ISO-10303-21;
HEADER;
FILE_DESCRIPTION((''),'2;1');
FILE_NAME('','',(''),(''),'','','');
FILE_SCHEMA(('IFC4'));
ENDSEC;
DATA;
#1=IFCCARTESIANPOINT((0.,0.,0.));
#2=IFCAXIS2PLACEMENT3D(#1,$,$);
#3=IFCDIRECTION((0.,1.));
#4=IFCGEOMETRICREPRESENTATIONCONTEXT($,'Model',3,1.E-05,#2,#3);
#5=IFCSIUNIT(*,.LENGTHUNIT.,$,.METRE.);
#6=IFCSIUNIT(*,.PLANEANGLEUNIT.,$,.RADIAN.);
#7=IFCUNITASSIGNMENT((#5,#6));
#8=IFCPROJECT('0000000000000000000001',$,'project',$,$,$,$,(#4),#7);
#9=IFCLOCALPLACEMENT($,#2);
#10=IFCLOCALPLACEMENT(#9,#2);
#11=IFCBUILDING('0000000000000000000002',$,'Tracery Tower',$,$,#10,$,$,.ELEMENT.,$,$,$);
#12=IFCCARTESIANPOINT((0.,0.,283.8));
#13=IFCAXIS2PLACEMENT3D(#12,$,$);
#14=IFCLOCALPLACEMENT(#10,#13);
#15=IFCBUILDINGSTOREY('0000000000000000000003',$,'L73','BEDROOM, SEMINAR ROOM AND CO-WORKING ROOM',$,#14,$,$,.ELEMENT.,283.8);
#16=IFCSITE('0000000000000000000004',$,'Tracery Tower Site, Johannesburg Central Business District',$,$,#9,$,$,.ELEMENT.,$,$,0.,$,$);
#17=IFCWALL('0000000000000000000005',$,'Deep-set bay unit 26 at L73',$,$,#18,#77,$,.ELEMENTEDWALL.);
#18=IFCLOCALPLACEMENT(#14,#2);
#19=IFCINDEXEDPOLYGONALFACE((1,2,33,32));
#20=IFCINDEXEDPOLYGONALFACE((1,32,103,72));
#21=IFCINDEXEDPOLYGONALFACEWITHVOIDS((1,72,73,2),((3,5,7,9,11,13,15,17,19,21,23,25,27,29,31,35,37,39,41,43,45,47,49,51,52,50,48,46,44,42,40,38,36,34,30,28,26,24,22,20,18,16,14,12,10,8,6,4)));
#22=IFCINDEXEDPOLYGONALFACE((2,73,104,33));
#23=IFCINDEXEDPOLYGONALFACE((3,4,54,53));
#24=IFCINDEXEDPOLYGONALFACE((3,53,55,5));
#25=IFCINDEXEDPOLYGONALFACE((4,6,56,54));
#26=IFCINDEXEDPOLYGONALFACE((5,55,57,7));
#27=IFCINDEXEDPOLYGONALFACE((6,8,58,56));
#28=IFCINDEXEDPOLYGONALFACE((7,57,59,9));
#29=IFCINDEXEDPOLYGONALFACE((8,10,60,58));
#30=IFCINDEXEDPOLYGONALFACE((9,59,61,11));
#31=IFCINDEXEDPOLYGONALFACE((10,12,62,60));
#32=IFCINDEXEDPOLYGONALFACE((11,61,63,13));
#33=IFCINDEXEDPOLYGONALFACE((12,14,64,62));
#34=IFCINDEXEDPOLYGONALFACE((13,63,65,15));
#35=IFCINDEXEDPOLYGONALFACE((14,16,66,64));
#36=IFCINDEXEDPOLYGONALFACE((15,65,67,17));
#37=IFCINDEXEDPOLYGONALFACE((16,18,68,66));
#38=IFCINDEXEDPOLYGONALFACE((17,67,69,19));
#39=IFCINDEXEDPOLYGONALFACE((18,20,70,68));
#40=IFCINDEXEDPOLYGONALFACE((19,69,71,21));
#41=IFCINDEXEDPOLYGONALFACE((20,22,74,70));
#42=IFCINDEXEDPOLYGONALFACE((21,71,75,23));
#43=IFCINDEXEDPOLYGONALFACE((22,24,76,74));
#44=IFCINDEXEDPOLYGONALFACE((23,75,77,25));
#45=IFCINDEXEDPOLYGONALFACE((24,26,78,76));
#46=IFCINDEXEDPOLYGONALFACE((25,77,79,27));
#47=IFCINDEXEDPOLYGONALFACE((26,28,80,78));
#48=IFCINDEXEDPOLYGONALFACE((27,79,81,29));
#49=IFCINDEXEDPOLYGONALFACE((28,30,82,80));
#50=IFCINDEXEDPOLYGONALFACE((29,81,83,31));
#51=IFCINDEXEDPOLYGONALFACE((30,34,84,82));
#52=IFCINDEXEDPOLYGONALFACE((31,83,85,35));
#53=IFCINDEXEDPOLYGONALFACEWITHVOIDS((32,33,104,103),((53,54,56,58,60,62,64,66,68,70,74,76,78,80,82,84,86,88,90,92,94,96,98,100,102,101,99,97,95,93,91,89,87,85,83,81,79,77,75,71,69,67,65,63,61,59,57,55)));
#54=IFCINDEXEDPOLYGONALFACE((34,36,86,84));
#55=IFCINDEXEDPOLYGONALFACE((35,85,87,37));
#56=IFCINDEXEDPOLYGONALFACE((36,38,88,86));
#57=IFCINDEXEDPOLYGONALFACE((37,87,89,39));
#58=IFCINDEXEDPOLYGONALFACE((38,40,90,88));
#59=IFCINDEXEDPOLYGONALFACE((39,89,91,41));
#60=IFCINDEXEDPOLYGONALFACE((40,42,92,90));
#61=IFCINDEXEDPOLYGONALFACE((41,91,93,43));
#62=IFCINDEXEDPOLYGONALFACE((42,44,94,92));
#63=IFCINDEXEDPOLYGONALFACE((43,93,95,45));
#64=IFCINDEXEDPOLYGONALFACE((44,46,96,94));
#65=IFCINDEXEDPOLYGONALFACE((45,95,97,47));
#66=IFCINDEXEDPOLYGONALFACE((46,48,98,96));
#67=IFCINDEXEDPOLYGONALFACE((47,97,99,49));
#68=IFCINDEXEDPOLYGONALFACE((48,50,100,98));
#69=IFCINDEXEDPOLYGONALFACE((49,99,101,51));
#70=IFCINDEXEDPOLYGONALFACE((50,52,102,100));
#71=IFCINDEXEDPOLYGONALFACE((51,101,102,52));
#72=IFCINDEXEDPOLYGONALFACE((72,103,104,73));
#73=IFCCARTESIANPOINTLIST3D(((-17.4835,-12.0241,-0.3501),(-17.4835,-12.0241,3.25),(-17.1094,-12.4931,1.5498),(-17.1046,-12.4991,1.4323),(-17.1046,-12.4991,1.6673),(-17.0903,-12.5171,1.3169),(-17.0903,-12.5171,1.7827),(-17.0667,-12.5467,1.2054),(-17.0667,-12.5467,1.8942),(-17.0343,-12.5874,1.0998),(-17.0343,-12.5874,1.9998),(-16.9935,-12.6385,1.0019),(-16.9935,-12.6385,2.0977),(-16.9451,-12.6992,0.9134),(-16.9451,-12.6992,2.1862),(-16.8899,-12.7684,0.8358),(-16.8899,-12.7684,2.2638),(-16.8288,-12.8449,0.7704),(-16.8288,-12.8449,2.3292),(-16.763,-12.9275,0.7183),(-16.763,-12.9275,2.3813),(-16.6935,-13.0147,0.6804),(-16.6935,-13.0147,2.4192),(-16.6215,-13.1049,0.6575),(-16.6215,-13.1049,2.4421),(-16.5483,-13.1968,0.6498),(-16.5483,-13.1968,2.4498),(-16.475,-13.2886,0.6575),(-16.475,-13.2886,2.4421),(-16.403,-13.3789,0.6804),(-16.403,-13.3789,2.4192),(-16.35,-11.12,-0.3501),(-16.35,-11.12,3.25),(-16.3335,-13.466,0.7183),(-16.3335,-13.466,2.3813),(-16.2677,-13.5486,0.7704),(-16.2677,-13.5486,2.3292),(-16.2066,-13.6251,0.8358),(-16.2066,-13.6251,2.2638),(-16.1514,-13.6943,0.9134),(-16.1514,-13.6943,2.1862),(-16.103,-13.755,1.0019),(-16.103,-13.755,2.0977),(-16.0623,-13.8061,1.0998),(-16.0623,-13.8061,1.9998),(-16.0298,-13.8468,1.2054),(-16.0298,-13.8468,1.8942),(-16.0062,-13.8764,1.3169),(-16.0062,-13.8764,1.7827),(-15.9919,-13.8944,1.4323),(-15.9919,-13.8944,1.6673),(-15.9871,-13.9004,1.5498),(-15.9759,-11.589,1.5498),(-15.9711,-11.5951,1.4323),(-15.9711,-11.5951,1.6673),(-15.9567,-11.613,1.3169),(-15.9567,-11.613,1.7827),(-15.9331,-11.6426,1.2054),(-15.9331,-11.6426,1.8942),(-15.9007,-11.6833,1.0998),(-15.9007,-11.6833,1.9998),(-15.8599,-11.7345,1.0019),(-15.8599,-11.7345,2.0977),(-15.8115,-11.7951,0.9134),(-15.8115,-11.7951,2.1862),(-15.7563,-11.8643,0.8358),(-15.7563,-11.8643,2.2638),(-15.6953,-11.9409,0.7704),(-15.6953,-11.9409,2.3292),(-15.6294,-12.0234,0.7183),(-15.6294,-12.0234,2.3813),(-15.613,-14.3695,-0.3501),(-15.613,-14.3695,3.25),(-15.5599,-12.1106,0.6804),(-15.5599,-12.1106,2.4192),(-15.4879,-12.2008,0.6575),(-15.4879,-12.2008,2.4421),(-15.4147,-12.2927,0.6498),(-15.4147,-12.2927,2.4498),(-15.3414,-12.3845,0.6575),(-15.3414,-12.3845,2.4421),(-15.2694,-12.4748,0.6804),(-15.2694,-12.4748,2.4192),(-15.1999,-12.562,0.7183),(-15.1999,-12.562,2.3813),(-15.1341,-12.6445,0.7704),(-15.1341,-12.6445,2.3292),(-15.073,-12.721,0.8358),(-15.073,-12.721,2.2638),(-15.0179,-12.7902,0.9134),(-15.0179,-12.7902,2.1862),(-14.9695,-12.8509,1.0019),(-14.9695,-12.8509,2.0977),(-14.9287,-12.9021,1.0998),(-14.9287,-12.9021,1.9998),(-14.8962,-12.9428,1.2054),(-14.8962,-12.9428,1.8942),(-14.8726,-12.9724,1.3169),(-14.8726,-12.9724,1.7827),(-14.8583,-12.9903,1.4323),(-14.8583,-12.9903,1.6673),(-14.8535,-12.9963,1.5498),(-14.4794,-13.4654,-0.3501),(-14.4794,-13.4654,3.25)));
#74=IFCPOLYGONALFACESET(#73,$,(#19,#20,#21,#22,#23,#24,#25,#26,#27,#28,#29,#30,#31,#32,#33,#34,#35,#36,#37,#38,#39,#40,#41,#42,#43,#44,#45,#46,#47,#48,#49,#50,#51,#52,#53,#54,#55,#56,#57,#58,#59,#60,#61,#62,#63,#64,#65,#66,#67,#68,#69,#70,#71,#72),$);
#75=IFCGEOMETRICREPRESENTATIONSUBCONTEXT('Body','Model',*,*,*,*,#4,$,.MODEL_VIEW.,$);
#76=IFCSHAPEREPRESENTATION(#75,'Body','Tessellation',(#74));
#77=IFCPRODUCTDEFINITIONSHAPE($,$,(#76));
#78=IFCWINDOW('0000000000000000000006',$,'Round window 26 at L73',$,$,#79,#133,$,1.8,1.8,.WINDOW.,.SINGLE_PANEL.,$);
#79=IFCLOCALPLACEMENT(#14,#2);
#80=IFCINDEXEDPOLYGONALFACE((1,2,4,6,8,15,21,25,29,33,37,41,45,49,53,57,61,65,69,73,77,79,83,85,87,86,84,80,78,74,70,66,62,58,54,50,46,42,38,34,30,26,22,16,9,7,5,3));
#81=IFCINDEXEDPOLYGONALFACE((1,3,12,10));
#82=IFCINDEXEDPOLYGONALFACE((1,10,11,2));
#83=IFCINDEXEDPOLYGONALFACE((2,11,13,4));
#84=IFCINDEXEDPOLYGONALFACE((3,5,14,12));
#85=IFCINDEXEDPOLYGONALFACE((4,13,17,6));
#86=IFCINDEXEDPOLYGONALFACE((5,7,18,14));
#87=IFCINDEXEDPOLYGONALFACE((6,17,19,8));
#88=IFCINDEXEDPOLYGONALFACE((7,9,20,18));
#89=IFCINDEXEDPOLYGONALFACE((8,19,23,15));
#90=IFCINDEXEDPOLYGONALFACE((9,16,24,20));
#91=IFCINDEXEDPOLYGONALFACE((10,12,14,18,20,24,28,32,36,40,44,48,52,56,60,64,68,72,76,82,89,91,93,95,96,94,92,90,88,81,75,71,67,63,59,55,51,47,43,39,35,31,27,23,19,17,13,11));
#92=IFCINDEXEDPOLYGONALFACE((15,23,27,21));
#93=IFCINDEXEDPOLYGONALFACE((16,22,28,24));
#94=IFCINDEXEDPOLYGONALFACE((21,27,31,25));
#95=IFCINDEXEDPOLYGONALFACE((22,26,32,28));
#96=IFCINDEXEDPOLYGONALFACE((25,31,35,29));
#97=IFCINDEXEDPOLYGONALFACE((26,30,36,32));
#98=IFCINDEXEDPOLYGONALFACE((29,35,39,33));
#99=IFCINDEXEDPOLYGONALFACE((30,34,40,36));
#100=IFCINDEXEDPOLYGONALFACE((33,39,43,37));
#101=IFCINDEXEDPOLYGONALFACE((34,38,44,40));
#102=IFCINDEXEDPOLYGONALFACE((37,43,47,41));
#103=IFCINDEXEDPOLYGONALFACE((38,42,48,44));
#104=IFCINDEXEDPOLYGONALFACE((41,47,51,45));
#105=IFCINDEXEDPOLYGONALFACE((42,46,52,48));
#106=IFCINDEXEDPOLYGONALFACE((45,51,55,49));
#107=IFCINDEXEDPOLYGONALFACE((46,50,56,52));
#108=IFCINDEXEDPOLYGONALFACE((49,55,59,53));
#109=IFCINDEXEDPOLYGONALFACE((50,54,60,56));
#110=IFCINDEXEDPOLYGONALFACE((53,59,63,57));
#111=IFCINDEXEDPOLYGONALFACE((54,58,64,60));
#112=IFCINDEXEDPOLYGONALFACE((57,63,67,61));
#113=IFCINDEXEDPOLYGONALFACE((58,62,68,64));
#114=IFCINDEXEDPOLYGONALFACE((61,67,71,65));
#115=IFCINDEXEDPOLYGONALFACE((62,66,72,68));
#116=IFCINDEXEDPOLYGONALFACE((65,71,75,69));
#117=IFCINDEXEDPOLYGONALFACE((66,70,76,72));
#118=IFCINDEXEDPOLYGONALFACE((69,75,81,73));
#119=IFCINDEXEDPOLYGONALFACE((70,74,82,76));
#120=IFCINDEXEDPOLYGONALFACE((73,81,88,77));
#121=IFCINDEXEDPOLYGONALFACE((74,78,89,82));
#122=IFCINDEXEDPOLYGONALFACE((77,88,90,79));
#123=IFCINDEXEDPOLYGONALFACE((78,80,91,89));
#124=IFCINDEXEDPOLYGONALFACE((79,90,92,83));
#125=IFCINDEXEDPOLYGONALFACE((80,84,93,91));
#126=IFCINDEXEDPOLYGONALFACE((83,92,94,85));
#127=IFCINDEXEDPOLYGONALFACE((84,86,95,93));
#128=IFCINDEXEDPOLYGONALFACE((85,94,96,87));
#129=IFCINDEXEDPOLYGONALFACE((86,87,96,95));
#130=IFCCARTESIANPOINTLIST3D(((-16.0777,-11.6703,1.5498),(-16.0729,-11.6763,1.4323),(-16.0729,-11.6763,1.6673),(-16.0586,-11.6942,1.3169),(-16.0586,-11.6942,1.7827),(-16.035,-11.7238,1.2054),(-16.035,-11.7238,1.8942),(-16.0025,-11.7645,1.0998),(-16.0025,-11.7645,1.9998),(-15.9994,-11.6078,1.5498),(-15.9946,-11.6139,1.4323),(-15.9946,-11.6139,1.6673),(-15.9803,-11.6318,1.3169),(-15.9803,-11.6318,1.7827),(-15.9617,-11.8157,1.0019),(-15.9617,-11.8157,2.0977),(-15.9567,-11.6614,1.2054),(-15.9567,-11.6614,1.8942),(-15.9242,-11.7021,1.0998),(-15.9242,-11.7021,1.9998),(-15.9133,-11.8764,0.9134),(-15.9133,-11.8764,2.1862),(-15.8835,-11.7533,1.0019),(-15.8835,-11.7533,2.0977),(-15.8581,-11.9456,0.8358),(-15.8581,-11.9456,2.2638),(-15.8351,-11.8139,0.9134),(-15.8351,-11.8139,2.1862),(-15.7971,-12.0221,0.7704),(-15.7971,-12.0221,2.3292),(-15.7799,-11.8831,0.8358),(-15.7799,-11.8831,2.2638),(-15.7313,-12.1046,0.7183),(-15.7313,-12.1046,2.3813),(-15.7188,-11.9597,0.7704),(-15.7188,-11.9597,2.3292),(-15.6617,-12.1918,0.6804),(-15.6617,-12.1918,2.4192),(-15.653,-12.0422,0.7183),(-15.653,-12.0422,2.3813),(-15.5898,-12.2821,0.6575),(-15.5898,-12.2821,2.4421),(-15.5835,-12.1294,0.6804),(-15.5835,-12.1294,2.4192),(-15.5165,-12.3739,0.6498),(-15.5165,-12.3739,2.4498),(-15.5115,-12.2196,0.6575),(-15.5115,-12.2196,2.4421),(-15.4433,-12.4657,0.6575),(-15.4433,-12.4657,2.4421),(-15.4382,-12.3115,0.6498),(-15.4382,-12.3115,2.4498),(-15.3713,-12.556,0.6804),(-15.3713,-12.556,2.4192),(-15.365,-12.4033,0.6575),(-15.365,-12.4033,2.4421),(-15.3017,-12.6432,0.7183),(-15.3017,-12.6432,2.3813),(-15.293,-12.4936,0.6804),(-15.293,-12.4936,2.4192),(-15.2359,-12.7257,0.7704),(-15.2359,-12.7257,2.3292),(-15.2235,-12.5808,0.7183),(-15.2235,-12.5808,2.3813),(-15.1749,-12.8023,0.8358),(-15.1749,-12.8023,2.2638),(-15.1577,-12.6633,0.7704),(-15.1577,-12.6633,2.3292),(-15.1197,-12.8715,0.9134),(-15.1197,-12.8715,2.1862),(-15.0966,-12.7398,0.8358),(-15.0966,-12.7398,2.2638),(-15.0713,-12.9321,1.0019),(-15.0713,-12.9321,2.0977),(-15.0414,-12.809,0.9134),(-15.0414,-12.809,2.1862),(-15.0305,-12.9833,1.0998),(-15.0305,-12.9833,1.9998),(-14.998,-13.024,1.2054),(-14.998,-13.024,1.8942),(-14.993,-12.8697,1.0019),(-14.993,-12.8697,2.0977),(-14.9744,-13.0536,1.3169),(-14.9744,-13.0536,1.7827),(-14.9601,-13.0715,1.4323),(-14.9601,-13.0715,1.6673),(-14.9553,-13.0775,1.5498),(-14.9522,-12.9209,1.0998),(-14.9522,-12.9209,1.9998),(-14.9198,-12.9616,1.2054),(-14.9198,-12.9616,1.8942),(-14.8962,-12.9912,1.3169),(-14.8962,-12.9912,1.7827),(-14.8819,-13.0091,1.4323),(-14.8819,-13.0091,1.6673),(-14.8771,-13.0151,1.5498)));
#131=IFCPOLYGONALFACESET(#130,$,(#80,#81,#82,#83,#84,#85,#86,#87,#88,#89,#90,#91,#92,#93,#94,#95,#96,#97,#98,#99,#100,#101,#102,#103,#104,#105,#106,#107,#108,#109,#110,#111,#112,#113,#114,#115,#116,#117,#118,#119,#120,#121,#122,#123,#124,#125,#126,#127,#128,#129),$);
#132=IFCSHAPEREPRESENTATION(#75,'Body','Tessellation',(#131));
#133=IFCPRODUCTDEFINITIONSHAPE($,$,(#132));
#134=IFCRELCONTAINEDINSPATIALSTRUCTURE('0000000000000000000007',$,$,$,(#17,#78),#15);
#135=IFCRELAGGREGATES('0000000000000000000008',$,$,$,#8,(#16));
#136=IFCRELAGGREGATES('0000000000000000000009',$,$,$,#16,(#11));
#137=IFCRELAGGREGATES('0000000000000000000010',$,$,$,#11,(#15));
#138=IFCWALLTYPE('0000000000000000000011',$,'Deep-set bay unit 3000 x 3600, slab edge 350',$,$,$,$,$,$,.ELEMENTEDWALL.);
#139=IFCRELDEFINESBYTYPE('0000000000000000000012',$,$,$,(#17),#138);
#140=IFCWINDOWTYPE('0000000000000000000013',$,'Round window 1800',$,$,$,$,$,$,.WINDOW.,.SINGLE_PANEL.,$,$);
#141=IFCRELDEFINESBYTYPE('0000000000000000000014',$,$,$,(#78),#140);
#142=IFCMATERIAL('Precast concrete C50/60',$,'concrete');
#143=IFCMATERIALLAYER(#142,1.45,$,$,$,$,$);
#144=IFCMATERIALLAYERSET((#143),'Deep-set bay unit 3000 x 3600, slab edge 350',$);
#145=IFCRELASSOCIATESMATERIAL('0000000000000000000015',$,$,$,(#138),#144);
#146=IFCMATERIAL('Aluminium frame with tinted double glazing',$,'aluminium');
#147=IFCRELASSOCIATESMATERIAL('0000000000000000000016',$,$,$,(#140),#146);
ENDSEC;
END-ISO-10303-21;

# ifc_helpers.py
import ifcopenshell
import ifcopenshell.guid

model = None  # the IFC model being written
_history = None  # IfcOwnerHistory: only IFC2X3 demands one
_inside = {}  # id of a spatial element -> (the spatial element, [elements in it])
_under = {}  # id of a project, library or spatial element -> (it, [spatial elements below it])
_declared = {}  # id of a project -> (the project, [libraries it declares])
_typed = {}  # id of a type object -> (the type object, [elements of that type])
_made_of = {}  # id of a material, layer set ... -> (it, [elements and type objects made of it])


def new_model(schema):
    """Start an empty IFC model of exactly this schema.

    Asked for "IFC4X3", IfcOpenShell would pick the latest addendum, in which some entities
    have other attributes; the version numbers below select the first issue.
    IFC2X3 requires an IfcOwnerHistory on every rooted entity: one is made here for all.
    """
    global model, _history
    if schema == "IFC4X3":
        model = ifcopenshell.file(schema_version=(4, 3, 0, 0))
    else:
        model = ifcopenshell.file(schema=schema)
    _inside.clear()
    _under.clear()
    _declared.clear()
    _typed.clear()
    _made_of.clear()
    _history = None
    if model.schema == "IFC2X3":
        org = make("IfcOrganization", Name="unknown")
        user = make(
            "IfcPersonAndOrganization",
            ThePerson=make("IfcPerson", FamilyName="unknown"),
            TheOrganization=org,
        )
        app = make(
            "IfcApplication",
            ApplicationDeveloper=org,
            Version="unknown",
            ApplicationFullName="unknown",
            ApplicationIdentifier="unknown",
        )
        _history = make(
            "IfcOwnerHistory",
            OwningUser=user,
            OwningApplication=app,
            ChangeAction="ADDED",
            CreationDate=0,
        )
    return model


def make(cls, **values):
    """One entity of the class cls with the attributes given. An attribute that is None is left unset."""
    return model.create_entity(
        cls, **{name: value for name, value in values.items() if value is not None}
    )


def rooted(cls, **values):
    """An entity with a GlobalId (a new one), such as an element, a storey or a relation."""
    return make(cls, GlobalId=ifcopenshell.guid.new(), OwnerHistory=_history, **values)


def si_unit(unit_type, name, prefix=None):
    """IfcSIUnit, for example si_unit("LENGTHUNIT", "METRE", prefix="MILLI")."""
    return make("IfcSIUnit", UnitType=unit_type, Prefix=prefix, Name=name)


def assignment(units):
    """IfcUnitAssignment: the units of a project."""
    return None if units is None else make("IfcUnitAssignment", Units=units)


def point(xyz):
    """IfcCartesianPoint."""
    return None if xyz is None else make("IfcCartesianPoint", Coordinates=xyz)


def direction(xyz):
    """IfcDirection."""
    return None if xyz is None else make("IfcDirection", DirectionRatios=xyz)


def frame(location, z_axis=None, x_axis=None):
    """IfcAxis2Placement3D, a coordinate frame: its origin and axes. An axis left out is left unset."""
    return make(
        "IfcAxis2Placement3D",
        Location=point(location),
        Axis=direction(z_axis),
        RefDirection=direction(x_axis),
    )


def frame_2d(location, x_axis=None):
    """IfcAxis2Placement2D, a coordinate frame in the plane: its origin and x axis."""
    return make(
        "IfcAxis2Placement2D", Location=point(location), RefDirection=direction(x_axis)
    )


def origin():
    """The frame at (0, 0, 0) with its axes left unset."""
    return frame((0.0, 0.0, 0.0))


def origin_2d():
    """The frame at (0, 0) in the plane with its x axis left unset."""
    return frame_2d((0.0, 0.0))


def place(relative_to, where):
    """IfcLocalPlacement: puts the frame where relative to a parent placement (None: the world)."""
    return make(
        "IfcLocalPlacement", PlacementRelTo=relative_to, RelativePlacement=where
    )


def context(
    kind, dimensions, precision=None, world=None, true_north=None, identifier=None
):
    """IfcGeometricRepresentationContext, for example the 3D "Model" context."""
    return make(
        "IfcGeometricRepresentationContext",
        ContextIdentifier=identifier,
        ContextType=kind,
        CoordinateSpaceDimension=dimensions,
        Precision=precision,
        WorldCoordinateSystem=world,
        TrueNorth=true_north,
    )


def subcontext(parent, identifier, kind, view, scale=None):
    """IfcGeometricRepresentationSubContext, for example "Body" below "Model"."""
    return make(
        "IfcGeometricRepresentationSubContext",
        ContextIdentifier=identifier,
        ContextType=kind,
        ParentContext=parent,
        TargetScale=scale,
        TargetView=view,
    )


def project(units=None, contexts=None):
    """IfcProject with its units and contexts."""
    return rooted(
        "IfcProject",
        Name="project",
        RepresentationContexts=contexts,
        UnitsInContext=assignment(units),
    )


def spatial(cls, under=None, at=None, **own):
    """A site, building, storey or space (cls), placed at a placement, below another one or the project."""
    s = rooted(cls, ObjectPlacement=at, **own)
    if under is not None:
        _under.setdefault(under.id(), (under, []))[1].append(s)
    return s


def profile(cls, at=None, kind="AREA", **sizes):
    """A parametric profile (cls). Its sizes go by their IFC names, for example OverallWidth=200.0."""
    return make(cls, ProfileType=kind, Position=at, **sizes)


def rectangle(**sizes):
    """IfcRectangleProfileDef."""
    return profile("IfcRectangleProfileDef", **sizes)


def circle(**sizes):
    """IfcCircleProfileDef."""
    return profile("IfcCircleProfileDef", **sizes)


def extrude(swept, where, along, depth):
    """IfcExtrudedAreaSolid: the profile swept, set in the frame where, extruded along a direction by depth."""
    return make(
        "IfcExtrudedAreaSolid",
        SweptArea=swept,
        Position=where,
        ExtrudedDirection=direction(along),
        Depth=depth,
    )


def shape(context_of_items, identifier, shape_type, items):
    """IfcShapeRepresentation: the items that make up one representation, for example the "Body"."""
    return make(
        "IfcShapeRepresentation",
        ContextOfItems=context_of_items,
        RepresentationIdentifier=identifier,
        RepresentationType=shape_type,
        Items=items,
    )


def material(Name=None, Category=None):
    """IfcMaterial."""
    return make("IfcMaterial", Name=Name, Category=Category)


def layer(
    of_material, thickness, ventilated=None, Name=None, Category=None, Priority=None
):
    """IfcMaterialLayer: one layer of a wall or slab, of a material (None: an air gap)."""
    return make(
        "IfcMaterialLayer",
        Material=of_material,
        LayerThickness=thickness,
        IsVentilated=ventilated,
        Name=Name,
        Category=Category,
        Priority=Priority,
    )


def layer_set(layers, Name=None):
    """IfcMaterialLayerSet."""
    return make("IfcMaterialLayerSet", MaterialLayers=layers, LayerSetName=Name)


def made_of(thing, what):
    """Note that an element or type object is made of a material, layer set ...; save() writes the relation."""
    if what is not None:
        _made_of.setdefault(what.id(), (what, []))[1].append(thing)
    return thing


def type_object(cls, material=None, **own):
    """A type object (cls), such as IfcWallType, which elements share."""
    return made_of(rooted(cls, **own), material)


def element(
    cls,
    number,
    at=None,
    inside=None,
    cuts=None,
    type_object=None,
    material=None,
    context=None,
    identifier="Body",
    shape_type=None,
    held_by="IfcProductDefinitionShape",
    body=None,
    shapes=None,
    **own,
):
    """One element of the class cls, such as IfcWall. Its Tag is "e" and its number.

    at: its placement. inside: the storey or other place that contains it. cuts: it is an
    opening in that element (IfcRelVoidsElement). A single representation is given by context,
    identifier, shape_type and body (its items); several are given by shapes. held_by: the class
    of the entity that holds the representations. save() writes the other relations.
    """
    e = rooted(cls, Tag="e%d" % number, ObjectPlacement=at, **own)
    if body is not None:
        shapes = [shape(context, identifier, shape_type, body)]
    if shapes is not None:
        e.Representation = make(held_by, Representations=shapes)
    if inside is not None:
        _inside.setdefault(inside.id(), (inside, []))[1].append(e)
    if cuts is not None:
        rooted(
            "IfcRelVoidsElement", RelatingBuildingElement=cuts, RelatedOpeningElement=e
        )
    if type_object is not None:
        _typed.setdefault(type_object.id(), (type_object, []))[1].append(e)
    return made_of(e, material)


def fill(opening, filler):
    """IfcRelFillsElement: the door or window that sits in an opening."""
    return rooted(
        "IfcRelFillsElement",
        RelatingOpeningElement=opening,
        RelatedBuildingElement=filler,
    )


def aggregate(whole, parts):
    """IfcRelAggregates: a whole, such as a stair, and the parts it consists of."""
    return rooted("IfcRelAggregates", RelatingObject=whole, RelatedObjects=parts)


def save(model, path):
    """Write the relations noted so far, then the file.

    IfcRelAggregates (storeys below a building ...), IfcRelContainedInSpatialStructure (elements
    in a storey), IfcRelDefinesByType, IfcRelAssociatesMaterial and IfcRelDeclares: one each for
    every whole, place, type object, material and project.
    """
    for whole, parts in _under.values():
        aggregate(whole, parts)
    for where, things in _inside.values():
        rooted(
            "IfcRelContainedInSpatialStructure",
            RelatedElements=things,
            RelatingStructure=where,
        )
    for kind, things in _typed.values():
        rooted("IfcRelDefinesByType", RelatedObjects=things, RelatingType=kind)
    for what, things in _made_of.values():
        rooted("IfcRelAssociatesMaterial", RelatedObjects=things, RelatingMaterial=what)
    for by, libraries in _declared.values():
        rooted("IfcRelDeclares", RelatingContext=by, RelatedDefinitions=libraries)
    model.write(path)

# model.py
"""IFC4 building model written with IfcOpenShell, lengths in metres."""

from ifc_helpers import new_model, si_unit, direction, frame, frame_2d, origin, origin_2d, place, context, subcontext, project, spatial, rectangle, circle, extrude, material, layer, layer_set, type_object, element, fill, save


model = new_model("IFC4")

# Units and contexts
model_context = context("Model", 3, precision=1e-05, world=origin(), true_north=direction((0.0, 1.0)))
body_context = subcontext(model_context, "Body", "Model", "MODEL_VIEW")
ifc_project = project(units=[si_unit("LENGTHUNIT", "METRE"), si_unit("PLANEANGLEUNIT", "RADIAN")], contexts=[model_context])

# Site, building, storey
site_placement = place(None, origin())
site = spatial("IfcSite", under=ifc_project, at=site_placement, Name="Tracery Tower Site, Johannesburg Central Business District", CompositionType="ELEMENT", RefElevation=0.0)
building_placement = place(site_placement, origin())
building = spatial("IfcBuilding", under=site, at=building_placement, Name="Tracery Tower", CompositionType="ELEMENT")
storey_placement = place(building_placement, frame((0.0, 0.0, 283.8)))
storey = spatial("IfcBuildingStorey", under=building, at=storey_placement, Name="L73", Description="BEDROOM, SEMINAR ROOM AND CO-WORKING ROOM", CompositionType="ELEMENT", Elevation=283.8)

# Wall, opening, window
ifc_material_1 = material(Name="Precast concrete C50/60", Category="concrete")
ifc_layer_1 = layer(ifc_material_1, 1.45)
ifc_layer_set_1 = layer_set([ifc_layer_1], Name="Deep-set bay unit 3000 x 3600, slab edge 350")
wall_type_1 = type_object("IfcWallType", Name="Deep-set bay unit 3000 x 3600, slab edge 350", PredefinedType="ELEMENTEDWALL", material=ifc_layer_set_1)
wall_1_placement = place(storey_placement, frame((-16.9167, -11.572, -0.3501), z_axis=(0.0, 0.0, 1.0), x_axis=(0.623523, -0.781805, 0.0)))
wall_1 = element("IfcWall", 1, at=wall_1_placement, inside=storey, type_object=wall_type_1, Name="Deep-set bay unit 26 at L73", PredefinedType="ELEMENTEDWALL", context=body_context, shape_type="SweptSolid", body=[
    extrude(rectangle(XDim=3.0, YDim=1.45, at=frame_2d((1.5, 0.0))), origin(), (0.0, 0.0, 1.0), 3.6001),
])
opening_1_placement = place(wall_1_placement, frame((1.5, 0.0, 1.8999)))
opening_1 = element("IfcOpeningElement", 2, at=opening_1_placement, cuts=wall_1, PredefinedType="OPENING", context=body_context, shape_type="SweptSolid", body=[
    extrude(circle(Radius=0.9, at=origin_2d()), frame((0.0, 0.7349, 0.0), z_axis=(0.0, -1.0, 0.0), x_axis=(1.0, 0.0, 0.0)), (0.0, 0.0, 1.0), 1.47),
])
ifc_material_2 = material(Name="Aluminium frame with tinted double glazing", Category="aluminium")
window_type = type_object("IfcWindowType", Name="Round window 1800", PartitioningType="SINGLE_PANEL", PredefinedType="WINDOW", material=ifc_material_2)
window_1_placement = place(opening_1_placement, origin())
window_1 = element("IfcWindow", 3, at=window_1_placement, inside=storey, type_object=window_type, Name="Round window 26 at L73", OverallHeight=1.8, OverallWidth=1.8, PartitioningType="SINGLE_PANEL", PredefinedType="WINDOW", context=body_context, shape_type="SweptSolid", body=[
    extrude(circle(Radius=0.9, at=origin_2d()), frame((0.0, 0.6948, 0.0), z_axis=(0.0, -1.0, 0.0), x_axis=(1.0, 0.0, 0.0)), (0.0, 0.0, 1.0), 0.1001),
])
fill(opening_1, window_1)

save(model, "model.ifc")
